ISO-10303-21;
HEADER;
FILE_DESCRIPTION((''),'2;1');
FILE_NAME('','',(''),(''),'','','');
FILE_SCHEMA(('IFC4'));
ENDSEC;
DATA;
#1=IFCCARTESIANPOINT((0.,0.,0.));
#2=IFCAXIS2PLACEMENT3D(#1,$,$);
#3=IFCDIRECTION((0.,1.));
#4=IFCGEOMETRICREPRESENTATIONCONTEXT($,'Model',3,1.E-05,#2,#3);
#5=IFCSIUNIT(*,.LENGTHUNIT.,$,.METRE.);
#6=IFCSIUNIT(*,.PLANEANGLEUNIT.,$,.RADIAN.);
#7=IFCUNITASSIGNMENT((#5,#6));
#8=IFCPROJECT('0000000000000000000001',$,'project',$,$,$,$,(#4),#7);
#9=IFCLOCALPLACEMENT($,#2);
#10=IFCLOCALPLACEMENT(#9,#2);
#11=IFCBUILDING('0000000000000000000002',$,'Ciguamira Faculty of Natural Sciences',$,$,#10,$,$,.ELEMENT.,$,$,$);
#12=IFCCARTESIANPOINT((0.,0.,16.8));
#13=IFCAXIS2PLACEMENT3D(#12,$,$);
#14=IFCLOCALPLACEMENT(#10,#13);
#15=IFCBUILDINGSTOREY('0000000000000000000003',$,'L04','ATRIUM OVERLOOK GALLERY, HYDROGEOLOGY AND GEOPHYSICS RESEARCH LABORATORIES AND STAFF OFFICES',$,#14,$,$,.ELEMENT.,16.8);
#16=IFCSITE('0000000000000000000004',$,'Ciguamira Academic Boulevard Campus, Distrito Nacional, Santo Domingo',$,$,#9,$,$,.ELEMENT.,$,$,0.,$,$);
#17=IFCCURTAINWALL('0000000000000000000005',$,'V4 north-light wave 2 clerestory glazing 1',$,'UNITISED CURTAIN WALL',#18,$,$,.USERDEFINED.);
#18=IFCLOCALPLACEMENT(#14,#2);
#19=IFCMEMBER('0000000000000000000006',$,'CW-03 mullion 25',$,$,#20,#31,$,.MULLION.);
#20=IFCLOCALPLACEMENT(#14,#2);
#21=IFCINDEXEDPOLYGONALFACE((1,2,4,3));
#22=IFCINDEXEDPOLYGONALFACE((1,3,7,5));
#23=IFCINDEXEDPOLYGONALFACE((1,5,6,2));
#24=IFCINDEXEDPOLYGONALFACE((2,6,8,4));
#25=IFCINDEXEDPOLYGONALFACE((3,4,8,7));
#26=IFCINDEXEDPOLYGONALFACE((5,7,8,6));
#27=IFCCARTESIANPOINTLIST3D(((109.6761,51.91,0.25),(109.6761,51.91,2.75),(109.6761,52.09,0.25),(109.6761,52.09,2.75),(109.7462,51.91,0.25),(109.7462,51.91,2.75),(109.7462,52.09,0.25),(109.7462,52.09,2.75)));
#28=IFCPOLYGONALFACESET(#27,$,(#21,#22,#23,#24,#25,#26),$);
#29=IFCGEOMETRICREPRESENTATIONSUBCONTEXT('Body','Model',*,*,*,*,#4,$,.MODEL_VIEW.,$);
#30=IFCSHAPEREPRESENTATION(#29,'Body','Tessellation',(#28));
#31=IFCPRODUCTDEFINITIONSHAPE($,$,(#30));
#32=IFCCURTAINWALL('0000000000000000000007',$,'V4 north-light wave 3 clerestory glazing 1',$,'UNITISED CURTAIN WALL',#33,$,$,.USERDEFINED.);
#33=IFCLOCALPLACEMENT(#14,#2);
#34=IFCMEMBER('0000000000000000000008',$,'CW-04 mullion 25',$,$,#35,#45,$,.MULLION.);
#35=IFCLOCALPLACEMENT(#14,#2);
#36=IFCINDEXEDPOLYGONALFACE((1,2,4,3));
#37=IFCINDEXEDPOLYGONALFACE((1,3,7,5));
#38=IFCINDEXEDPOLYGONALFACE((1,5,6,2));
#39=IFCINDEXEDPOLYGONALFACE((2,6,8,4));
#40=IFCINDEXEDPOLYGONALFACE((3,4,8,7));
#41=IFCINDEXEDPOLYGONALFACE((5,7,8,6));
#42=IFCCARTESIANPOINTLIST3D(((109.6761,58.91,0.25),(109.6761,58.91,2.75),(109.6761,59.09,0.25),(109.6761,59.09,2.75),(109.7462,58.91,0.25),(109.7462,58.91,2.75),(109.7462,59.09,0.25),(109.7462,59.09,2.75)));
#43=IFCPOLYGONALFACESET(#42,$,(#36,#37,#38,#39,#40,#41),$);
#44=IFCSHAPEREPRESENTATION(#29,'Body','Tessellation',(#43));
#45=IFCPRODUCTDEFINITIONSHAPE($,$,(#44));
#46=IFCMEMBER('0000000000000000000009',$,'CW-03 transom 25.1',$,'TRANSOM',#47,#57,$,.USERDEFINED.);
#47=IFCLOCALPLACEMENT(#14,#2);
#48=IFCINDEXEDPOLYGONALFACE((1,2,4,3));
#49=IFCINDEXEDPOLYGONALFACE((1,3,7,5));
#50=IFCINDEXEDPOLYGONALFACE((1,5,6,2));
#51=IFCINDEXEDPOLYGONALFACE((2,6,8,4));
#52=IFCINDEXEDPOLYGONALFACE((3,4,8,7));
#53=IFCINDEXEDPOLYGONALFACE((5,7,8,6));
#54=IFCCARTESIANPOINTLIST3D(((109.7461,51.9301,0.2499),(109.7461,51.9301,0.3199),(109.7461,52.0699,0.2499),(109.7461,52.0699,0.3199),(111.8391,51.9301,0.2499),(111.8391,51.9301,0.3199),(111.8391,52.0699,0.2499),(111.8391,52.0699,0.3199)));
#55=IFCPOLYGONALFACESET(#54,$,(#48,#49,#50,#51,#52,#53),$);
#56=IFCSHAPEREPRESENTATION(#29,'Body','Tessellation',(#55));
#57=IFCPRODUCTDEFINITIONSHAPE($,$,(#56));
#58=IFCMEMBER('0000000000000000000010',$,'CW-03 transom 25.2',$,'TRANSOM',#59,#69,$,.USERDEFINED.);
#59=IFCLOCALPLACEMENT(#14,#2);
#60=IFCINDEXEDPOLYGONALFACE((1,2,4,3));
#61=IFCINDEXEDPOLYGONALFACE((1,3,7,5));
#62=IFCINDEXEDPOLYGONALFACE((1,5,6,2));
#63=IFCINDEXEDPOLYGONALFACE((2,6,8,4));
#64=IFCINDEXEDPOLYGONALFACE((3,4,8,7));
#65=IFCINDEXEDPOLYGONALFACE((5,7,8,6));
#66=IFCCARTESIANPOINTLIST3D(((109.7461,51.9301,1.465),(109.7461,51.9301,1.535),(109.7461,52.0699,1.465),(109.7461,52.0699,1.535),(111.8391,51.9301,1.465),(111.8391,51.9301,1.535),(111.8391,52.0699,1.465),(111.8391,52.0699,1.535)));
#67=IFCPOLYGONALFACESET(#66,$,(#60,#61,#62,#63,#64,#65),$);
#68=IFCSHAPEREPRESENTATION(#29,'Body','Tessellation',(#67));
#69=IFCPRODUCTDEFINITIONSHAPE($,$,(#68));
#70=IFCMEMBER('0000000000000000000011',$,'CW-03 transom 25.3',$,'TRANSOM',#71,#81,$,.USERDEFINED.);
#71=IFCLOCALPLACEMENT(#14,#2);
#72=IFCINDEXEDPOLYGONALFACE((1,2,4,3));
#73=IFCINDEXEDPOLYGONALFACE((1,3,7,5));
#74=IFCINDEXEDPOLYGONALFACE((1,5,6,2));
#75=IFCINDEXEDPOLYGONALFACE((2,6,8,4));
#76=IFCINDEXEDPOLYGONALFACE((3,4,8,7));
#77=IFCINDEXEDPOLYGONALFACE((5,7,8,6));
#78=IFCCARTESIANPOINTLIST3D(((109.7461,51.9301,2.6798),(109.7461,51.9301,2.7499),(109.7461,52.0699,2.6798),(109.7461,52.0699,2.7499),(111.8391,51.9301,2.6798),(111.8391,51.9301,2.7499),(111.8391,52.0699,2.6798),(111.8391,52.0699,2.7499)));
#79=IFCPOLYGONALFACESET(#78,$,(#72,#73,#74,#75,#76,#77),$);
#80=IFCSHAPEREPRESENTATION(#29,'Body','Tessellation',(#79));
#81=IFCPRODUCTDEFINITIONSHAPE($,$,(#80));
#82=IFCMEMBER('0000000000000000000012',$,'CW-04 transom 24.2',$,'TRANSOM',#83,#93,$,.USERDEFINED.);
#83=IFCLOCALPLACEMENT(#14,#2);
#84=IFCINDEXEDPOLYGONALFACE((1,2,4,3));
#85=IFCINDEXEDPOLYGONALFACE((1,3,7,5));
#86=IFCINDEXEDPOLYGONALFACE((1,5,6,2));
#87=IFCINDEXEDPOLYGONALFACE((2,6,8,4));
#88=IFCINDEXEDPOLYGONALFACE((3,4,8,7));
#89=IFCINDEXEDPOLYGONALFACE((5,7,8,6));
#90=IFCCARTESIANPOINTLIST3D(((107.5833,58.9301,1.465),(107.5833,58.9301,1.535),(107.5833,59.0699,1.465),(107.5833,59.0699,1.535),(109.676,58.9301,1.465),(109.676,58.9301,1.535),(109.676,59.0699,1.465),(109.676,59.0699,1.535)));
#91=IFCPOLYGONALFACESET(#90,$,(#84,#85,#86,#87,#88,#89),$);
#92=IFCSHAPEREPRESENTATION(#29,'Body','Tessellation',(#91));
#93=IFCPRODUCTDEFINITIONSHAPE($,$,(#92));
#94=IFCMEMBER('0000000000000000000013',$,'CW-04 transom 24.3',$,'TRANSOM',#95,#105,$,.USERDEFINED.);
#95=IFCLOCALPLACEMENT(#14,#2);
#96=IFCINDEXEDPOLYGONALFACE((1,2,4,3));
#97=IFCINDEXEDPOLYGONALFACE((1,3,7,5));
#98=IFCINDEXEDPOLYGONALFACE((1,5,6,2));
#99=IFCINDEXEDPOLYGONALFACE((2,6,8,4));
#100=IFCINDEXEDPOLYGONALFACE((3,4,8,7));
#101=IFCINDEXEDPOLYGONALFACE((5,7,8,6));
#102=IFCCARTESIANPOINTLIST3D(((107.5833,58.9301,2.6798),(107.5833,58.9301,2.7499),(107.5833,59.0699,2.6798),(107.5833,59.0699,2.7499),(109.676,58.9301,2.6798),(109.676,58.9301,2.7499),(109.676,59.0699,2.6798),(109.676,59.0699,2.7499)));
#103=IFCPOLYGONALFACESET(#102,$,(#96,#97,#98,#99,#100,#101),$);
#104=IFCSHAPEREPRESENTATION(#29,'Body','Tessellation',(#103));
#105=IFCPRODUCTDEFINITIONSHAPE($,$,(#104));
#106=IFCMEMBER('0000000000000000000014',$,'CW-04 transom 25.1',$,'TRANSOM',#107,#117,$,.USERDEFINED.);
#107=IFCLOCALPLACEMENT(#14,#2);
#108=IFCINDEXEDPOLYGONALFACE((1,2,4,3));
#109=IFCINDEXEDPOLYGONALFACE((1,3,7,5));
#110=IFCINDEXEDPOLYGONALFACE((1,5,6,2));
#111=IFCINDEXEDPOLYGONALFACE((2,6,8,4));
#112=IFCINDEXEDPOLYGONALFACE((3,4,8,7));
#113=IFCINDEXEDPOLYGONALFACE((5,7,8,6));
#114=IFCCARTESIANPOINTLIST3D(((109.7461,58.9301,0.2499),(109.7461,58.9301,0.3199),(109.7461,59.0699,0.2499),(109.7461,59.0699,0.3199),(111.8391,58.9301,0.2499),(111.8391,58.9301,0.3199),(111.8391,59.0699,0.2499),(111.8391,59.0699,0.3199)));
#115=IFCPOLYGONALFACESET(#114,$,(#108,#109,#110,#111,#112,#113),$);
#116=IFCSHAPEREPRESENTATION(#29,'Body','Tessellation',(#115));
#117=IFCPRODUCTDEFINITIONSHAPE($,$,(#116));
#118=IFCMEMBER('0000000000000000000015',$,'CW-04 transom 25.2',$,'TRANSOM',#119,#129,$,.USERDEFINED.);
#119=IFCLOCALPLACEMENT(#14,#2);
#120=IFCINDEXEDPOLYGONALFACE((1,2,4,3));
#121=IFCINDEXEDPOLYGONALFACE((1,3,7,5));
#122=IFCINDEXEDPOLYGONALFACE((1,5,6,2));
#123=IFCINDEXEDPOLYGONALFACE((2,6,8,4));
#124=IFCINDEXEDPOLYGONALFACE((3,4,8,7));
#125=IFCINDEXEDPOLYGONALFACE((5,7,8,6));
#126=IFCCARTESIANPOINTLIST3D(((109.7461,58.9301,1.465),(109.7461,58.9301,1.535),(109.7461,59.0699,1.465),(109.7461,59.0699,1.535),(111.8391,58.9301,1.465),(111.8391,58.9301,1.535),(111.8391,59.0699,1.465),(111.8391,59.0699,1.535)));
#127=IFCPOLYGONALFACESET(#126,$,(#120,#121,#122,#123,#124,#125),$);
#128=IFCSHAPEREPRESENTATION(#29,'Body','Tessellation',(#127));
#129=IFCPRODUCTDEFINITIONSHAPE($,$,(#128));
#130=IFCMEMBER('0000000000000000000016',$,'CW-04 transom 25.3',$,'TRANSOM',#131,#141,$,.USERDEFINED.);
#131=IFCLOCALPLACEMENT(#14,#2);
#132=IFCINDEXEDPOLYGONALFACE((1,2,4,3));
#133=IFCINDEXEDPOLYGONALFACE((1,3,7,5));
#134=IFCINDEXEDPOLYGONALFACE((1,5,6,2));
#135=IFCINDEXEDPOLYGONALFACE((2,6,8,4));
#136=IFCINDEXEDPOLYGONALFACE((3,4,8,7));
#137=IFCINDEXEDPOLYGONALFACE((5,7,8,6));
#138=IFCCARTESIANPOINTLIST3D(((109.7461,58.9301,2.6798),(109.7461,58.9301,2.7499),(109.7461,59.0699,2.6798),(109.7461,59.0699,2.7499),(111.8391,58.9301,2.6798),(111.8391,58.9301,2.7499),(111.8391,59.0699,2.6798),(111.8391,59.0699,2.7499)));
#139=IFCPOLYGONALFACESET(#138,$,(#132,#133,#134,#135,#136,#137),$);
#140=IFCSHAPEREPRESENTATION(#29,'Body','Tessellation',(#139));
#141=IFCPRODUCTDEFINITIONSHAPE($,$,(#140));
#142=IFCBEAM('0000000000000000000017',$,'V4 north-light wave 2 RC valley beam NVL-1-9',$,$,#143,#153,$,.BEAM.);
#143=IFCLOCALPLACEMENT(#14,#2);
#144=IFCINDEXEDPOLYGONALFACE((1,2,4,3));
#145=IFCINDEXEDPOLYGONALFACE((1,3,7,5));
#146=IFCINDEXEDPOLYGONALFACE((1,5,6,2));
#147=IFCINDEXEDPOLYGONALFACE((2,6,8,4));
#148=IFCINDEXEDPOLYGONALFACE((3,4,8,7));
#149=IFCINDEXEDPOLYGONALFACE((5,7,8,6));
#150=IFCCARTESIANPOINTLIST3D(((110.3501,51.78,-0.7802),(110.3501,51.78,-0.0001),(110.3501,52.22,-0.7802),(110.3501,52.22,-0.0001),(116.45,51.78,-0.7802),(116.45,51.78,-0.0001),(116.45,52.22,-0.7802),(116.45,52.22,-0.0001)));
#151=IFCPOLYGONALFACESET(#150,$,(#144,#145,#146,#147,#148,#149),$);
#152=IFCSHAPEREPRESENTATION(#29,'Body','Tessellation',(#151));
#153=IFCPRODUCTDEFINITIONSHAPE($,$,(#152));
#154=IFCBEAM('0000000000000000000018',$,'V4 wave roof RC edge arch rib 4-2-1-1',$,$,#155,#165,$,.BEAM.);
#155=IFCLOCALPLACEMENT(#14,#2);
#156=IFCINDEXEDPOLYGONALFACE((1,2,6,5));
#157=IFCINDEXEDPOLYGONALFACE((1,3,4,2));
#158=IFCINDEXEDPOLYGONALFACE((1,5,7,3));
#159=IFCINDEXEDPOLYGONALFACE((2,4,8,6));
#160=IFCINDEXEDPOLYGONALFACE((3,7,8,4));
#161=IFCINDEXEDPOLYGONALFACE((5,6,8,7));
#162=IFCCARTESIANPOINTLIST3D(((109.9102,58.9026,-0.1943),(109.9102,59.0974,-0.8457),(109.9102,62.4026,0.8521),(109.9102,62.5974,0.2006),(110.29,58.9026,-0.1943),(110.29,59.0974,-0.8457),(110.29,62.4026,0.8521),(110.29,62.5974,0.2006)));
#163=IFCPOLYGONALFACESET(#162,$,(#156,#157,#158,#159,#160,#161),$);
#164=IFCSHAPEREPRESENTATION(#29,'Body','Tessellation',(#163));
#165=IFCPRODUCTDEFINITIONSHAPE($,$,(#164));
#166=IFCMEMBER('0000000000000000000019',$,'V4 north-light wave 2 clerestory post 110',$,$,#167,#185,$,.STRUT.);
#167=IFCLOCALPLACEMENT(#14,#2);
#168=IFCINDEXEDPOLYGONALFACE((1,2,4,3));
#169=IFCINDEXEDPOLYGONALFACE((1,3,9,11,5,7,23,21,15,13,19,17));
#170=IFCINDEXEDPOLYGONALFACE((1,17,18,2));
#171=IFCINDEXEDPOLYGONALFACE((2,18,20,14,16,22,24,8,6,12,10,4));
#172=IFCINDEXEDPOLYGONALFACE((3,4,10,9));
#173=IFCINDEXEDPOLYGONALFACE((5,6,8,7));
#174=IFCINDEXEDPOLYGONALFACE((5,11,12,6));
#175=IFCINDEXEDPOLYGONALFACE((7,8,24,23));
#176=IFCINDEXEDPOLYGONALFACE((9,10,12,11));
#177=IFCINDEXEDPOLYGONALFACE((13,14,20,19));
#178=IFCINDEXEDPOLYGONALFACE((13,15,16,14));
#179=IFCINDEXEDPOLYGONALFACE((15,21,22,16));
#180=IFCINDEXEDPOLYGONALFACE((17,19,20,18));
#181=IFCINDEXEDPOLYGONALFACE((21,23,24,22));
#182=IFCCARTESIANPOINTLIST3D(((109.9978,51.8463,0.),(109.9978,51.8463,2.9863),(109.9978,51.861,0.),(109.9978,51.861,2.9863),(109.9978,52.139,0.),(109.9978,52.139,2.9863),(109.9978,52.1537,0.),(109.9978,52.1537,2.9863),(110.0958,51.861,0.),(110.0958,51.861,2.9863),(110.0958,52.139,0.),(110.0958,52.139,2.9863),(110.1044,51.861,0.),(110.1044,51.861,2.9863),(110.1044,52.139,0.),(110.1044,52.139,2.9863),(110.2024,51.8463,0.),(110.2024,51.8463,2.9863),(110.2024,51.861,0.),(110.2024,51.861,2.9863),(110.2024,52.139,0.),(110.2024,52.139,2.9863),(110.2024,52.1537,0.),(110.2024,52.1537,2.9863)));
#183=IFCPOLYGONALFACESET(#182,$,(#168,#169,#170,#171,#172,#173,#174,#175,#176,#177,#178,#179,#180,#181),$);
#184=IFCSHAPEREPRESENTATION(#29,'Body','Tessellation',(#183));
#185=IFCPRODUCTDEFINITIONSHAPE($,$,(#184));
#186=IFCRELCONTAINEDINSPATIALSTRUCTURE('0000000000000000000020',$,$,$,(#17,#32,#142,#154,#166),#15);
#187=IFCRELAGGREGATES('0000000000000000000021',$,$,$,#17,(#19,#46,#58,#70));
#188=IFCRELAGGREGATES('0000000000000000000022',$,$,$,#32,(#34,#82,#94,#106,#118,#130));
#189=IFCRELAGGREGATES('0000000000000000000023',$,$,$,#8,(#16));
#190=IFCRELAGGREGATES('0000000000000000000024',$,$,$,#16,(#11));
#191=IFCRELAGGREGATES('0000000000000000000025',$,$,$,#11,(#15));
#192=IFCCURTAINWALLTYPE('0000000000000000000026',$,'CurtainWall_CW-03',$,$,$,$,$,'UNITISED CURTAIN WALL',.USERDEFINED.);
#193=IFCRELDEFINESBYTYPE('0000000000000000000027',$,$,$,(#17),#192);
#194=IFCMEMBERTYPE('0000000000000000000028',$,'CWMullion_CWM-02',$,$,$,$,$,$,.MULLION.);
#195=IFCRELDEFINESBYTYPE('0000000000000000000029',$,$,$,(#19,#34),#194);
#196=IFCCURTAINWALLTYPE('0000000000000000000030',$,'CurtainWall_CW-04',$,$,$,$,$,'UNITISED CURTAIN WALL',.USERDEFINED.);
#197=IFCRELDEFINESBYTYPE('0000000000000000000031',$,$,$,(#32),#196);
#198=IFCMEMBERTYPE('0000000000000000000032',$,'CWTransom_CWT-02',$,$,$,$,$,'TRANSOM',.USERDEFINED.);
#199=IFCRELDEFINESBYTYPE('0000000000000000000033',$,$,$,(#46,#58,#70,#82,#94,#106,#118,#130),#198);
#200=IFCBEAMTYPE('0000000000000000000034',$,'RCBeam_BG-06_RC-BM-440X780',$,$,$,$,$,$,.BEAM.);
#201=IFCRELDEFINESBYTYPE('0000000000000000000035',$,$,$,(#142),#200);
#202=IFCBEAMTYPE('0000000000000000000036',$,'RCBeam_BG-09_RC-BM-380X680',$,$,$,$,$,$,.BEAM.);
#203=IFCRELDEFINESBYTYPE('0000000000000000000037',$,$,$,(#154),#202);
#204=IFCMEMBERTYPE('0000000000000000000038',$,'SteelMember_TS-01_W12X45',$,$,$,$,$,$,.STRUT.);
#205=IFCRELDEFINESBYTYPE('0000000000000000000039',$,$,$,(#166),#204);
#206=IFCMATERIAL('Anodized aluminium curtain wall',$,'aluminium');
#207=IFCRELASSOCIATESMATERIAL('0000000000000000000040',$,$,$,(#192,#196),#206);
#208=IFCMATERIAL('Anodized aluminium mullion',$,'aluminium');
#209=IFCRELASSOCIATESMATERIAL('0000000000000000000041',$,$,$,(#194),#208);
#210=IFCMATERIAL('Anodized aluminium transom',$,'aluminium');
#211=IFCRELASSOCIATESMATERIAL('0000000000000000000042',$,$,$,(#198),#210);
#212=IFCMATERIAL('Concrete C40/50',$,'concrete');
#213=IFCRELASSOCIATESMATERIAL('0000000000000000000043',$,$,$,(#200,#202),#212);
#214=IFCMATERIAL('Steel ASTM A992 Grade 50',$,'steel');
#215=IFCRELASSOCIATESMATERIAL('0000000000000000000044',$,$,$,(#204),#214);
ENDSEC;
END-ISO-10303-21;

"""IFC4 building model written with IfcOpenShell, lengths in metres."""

from ifc_helpers import new_model, si_unit, direction, frame, origin, origin_2d, place, context, subcontext, project, spatial, rectangle, i_section, extrude, material, material_profile, profile_set, type_object, element, aggregate, save


model = new_model("IFC4")

# Units and contexts
model_context = context("Model", 3, precision=1e-05, world=origin(), true_north=direction((0.0, 1.0)))
body_context = subcontext(model_context, "Body", "Model", "MODEL_VIEW")
ifc_project = project(units=[si_unit("LENGTHUNIT", "METRE"), si_unit("PLANEANGLEUNIT", "RADIAN")], contexts=[model_context])

# Site, building, storey
site_placement = place(None, origin())
site = spatial("IfcSite", under=ifc_project, at=site_placement, Name="Ciguamira Academic Boulevard Campus, Distrito Nacional, Santo Domingo", CompositionType="ELEMENT", RefElevation=0.0)
building_placement = place(site_placement, origin())
building = spatial("IfcBuilding", under=site, at=building_placement, Name="Ciguamira Faculty of Natural Sciences", CompositionType="ELEMENT")
storey_placement = place(building_placement, frame((0.0, 0.0, 16.8)))
storey = spatial("IfcBuildingStorey", under=building, at=storey_placement, Name="L04", Description="ATRIUM OVERLOOK GALLERY, HYDROGEOLOGY AND GEOPHYSICS RESEARCH LABORATORIES AND STAFF OFFICES", CompositionType="ELEMENT", Elevation=16.8)

# Curtain walls, members
ifc_material_1 = material(Name="Anodized aluminium curtain wall", Category="aluminium")
curtain_wall_type_1 = type_object("IfcCurtainWallType", Name="CurtainWall_CW-03", ElementType="UNITISED CURTAIN WALL", PredefinedType="USERDEFINED", material=ifc_material_1)
curtain_wall_1_placement = place(storey_placement, origin())
curtain_wall_1 = element("IfcCurtainWall", 1, at=curtain_wall_1_placement, inside=storey, type_object=curtain_wall_type_1, Name="V4 north-light wave 2 clerestory glazing 1", ObjectType="UNITISED CURTAIN WALL", PredefinedType="USERDEFINED")
ifc_material_2 = material(Name="Anodized aluminium mullion", Category="aluminium")
ifc_material_profile_1 = material_profile(ifc_material_2, rectangle(XDim=0.0701, YDim=0.1799, at=origin_2d()), Name="ALU-MUL-70X180")
ifc_profile_set_1 = profile_set([ifc_material_profile_1], Name="Anodized aluminium mullion")
member_type_1 = type_object("IfcMemberType", Name="CWMullion_CWM-02", PredefinedType="MULLION", material=ifc_profile_set_1)
member_1_placement = place(storey_placement, frame((109.7112, 52.0, 0.25), z_axis=(0.0, 0.0, 1.0), x_axis=(1.0, 0.0, 0.0)))
member_1 = element("IfcMember", 2, at=member_1_placement, type_object=member_type_1, Name="CW-03 mullion 25", PredefinedType="MULLION", context=body_context, shape_type="SweptSolid", body=[
    extrude(rectangle(XDim=0.0701, YDim=0.1799, at=origin_2d()), origin(), (0.0, 0.0, 1.0), 2.5),
])
curtain_wall_type_2 = type_object("IfcCurtainWallType", Name="CurtainWall_CW-04", ElementType="UNITISED CURTAIN WALL", PredefinedType="USERDEFINED", material=ifc_material_1)
curtain_wall_2_placement = place(storey_placement, origin())
curtain_wall_2 = element("IfcCurtainWall", 3, at=curtain_wall_2_placement, inside=storey, type_object=curtain_wall_type_2, Name="V4 north-light wave 3 clerestory glazing 1", ObjectType="UNITISED CURTAIN WALL", PredefinedType="USERDEFINED")
member_2_placement = place(storey_placement, frame((109.7112, 59.0, 0.25), z_axis=(0.0, 0.0, 1.0), x_axis=(1.0, 0.0, 0.0)))
member_2 = element("IfcMember", 4, at=member_2_placement, type_object=member_type_1, Name="CW-04 mullion 25", PredefinedType="MULLION", context=body_context, shape_type="SweptSolid", body=[
    extrude(rectangle(XDim=0.0701, YDim=0.1799, at=origin_2d()), origin(), (0.0, 0.0, 1.0), 2.5),
])

# Members
ifc_material_3 = material(Name="Anodized aluminium transom", Category="aluminium")
ifc_material_profile_2 = material_profile(ifc_material_3, rectangle(XDim=0.0701, YDim=0.1399, at=origin_2d()), Name="ALU-TRN-70X140")
ifc_profile_set_2 = profile_set([ifc_material_profile_2], Name="Anodized aluminium transom")
member_type_2 = type_object("IfcMemberType", Name="CWTransom_CWT-02", ElementType="TRANSOM", PredefinedType="USERDEFINED", material=ifc_profile_set_2)
member_3_placement = place(storey_placement, frame((109.7461, 52.0, 0.2849), z_axis=(1.0, 0.0, 0.0), x_axis=(0.0, 0.0, 1.0)))
member_3 = element("IfcMember", 5, at=member_3_placement, type_object=member_type_2, Name="CW-03 transom 25.1", ObjectType="TRANSOM", PredefinedType="USERDEFINED", context=body_context, shape_type="SweptSolid", body=[
    extrude(rectangle(XDim=0.0701, YDim=0.1399, at=origin_2d()), origin(), (0.0, 0.0, 1.0), 2.093),
])
member_4_placement = place(storey_placement, frame((109.7461, 52.0, 1.5), z_axis=(1.0, 0.0, 0.0), x_axis=(0.0, 0.0, 1.0)))
member_4 = element("IfcMember", 6, at=member_4_placement, type_object=member_type_2, Name="CW-03 transom 25.2", ObjectType="TRANSOM", PredefinedType="USERDEFINED", context=body_context, shape_type="SweptSolid", body=[
    extrude(rectangle(XDim=0.0701, YDim=0.1399, at=origin_2d()), origin(), (0.0, 0.0, 1.0), 2.093),
])
member_5_placement = place(storey_placement, frame((109.7461, 52.0, 2.7148), z_axis=(1.0, 0.0, 0.0), x_axis=(0.0, 0.0, 1.0)))
member_5 = element("IfcMember", 7, at=member_5_placement, type_object=member_type_2, Name="CW-03 transom 25.3", ObjectType="TRANSOM", PredefinedType="USERDEFINED", context=body_context, shape_type="SweptSolid", body=[
    extrude(rectangle(XDim=0.0701, YDim=0.1399, at=origin_2d()), origin(), (0.0, 0.0, 1.0), 2.093),
])
member_6_placement = place(storey_placement, frame((107.5833, 59.0, 1.5), z_axis=(1.0, 0.0, 0.0), x_axis=(0.0, 0.0, 1.0)))
member_6 = element("IfcMember", 8, at=member_6_placement, type_object=member_type_2, Name="CW-04 transom 24.2", ObjectType="TRANSOM", PredefinedType="USERDEFINED", context=body_context, shape_type="SweptSolid", body=[
    extrude(rectangle(XDim=0.0701, YDim=0.1399, at=origin_2d()), origin(), (0.0, 0.0, 1.0), 2.0928),
])
member_7_placement = place(storey_placement, frame((107.5833, 59.0, 2.7148), z_axis=(1.0, 0.0, 0.0), x_axis=(0.0, 0.0, 1.0)))
member_7 = element("IfcMember", 9, at=member_7_placement, type_object=member_type_2, Name="CW-04 transom 24.3", ObjectType="TRANSOM", PredefinedType="USERDEFINED", context=body_context, shape_type="SweptSolid", body=[
    extrude(rectangle(XDim=0.0701, YDim=0.1399, at=origin_2d()), origin(), (0.0, 0.0, 1.0), 2.0928),
])
member_8_placement = place(storey_placement, frame((109.7461, 59.0, 0.2849), z_axis=(1.0, 0.0, 0.0), x_axis=(0.0, 0.0, 1.0)))
member_8 = element("IfcMember", 10, at=member_8_placement, type_object=member_type_2, Name="CW-04 transom 25.1", ObjectType="TRANSOM", PredefinedType="USERDEFINED", context=body_context, shape_type="SweptSolid", body=[
    extrude(rectangle(XDim=0.0701, YDim=0.1399, at=origin_2d()), origin(), (0.0, 0.0, 1.0), 2.093),
])
member_9_placement = place(storey_placement, frame((109.7461, 59.0, 1.5), z_axis=(1.0, 0.0, 0.0), x_axis=(0.0, 0.0, 1.0)))
member_9 = element("IfcMember", 11, at=member_9_placement, type_object=member_type_2, Name="CW-04 transom 25.2", ObjectType="TRANSOM", PredefinedType="USERDEFINED", context=body_context, shape_type="SweptSolid", body=[
    extrude(rectangle(XDim=0.0701, YDim=0.1399, at=origin_2d()), origin(), (0.0, 0.0, 1.0), 2.093),
])
member_10_placement = place(storey_placement, frame((109.7461, 59.0, 2.7148), z_axis=(1.0, 0.0, 0.0), x_axis=(0.0, 0.0, 1.0)))
member_10 = element("IfcMember", 12, at=member_10_placement, type_object=member_type_2, Name="CW-04 transom 25.3", ObjectType="TRANSOM", PredefinedType="USERDEFINED", context=body_context, shape_type="SweptSolid", body=[
    extrude(rectangle(XDim=0.0701, YDim=0.1399, at=origin_2d()), origin(), (0.0, 0.0, 1.0), 2.093),
])

# Beams
ifc_material_4 = material(Name="Concrete C40/50", Category="concrete")
ifc_material_profile_3 = material_profile(ifc_material_4, rectangle(XDim=0.4399, YDim=0.78, at=origin_2d()), Name="RC-BM-440X780")
ifc_profile_set_3 = profile_set([ifc_material_profile_3], Name="Concrete C40/50")
beam_type_1 = type_object("IfcBeamType", Name="RCBeam_BG-06_RC-BM-440X780", PredefinedType="BEAM", material=ifc_profile_set_3)
beam_1_placement = place(storey_placement, frame((110.3501, 52.0, -0.3901), z_axis=(1.0, 0.0, 0.0), x_axis=(0.0, 1.0, 0.0)))
element("IfcBeam", 13, at=beam_1_placement, inside=storey, type_object=beam_type_1, Name="V4 north-light wave 2 RC valley beam NVL-1-9", PredefinedType="BEAM", context=body_context, shape_type="SweptSolid", body=[
    extrude(rectangle(XDim=0.4399, YDim=0.78, at=origin_2d()), origin(), (0.0, 0.0, 1.0), 6.0999),
])
ifc_material_profile_4 = material_profile(ifc_material_4, rectangle(XDim=0.3799, YDim=0.6799, at=origin_2d()), Name="RC-BM-380X680")
ifc_profile_set_4 = profile_set([ifc_material_profile_4], Name="Concrete C40/50")
beam_type_2 = type_object("IfcBeamType", Name="RCBeam_BG-09_RC-BM-380X680", PredefinedType="BEAM", material=ifc_profile_set_4)
beam_2_placement = place(storey_placement, frame((110.1001, 59.0, -0.52), z_axis=(0.0, 0.958098, 0.28644), x_axis=(-1.0, 0.0, 0.0)))
element("IfcBeam", 14, at=beam_2_placement, inside=storey, type_object=beam_type_2, Name="V4 wave roof RC edge arch rib 4-2-1-1", PredefinedType="BEAM", context=body_context, shape_type="SweptSolid", body=[
    extrude(rectangle(XDim=0.3799, YDim=0.6799, at=origin_2d()), origin(), (0.0, 0.0, 1.0), 3.6531),
])

# Member
ifc_material_5 = material(Name="Steel ASTM A992 Grade 50", Category="steel")
ifc_material_profile_5 = material_profile(ifc_material_5, i_section(OverallWidth=0.2046, OverallDepth=0.3074, WebThickness=0.0085, FlangeThickness=0.0146, at=origin_2d()), Name="W12X45")
ifc_profile_set_5 = profile_set([ifc_material_profile_5], Name="Steel ASTM A992 Grade 50")
member_type_3 = type_object("IfcMemberType", Name="SteelMember_TS-01_W12X45", PredefinedType="STRUT", material=ifc_profile_set_5)
for number, where, z_axis, x_axis, name in (
    (15, (110.1001, 52.0, 0.0), (0.0, 0.0, 1.0), (1.0, 0.0, 0.0), "V4 north-light wave 2 clerestory post 110"),
):
    element("IfcMember", number, at=place(storey_placement, frame(where, z_axis=z_axis, x_axis=x_axis)), inside=storey, type_object=member_type_3, Name=name, PredefinedType="STRUT", context=body_context, shape_type="SweptSolid", body=[
        extrude(i_section(OverallWidth=0.2046, OverallDepth=0.3074, WebThickness=0.0085, FlangeThickness=0.0146, at=origin_2d()), origin(), (0.0, 0.0, 1.0), 2.9863),
    ])

aggregate(curtain_wall_1, [member_1, member_3, member_4, member_5])
aggregate(curtain_wall_2, [member_2, member_6, member_7, member_8, member_9, member_10])

save(model, "model.ifc")
